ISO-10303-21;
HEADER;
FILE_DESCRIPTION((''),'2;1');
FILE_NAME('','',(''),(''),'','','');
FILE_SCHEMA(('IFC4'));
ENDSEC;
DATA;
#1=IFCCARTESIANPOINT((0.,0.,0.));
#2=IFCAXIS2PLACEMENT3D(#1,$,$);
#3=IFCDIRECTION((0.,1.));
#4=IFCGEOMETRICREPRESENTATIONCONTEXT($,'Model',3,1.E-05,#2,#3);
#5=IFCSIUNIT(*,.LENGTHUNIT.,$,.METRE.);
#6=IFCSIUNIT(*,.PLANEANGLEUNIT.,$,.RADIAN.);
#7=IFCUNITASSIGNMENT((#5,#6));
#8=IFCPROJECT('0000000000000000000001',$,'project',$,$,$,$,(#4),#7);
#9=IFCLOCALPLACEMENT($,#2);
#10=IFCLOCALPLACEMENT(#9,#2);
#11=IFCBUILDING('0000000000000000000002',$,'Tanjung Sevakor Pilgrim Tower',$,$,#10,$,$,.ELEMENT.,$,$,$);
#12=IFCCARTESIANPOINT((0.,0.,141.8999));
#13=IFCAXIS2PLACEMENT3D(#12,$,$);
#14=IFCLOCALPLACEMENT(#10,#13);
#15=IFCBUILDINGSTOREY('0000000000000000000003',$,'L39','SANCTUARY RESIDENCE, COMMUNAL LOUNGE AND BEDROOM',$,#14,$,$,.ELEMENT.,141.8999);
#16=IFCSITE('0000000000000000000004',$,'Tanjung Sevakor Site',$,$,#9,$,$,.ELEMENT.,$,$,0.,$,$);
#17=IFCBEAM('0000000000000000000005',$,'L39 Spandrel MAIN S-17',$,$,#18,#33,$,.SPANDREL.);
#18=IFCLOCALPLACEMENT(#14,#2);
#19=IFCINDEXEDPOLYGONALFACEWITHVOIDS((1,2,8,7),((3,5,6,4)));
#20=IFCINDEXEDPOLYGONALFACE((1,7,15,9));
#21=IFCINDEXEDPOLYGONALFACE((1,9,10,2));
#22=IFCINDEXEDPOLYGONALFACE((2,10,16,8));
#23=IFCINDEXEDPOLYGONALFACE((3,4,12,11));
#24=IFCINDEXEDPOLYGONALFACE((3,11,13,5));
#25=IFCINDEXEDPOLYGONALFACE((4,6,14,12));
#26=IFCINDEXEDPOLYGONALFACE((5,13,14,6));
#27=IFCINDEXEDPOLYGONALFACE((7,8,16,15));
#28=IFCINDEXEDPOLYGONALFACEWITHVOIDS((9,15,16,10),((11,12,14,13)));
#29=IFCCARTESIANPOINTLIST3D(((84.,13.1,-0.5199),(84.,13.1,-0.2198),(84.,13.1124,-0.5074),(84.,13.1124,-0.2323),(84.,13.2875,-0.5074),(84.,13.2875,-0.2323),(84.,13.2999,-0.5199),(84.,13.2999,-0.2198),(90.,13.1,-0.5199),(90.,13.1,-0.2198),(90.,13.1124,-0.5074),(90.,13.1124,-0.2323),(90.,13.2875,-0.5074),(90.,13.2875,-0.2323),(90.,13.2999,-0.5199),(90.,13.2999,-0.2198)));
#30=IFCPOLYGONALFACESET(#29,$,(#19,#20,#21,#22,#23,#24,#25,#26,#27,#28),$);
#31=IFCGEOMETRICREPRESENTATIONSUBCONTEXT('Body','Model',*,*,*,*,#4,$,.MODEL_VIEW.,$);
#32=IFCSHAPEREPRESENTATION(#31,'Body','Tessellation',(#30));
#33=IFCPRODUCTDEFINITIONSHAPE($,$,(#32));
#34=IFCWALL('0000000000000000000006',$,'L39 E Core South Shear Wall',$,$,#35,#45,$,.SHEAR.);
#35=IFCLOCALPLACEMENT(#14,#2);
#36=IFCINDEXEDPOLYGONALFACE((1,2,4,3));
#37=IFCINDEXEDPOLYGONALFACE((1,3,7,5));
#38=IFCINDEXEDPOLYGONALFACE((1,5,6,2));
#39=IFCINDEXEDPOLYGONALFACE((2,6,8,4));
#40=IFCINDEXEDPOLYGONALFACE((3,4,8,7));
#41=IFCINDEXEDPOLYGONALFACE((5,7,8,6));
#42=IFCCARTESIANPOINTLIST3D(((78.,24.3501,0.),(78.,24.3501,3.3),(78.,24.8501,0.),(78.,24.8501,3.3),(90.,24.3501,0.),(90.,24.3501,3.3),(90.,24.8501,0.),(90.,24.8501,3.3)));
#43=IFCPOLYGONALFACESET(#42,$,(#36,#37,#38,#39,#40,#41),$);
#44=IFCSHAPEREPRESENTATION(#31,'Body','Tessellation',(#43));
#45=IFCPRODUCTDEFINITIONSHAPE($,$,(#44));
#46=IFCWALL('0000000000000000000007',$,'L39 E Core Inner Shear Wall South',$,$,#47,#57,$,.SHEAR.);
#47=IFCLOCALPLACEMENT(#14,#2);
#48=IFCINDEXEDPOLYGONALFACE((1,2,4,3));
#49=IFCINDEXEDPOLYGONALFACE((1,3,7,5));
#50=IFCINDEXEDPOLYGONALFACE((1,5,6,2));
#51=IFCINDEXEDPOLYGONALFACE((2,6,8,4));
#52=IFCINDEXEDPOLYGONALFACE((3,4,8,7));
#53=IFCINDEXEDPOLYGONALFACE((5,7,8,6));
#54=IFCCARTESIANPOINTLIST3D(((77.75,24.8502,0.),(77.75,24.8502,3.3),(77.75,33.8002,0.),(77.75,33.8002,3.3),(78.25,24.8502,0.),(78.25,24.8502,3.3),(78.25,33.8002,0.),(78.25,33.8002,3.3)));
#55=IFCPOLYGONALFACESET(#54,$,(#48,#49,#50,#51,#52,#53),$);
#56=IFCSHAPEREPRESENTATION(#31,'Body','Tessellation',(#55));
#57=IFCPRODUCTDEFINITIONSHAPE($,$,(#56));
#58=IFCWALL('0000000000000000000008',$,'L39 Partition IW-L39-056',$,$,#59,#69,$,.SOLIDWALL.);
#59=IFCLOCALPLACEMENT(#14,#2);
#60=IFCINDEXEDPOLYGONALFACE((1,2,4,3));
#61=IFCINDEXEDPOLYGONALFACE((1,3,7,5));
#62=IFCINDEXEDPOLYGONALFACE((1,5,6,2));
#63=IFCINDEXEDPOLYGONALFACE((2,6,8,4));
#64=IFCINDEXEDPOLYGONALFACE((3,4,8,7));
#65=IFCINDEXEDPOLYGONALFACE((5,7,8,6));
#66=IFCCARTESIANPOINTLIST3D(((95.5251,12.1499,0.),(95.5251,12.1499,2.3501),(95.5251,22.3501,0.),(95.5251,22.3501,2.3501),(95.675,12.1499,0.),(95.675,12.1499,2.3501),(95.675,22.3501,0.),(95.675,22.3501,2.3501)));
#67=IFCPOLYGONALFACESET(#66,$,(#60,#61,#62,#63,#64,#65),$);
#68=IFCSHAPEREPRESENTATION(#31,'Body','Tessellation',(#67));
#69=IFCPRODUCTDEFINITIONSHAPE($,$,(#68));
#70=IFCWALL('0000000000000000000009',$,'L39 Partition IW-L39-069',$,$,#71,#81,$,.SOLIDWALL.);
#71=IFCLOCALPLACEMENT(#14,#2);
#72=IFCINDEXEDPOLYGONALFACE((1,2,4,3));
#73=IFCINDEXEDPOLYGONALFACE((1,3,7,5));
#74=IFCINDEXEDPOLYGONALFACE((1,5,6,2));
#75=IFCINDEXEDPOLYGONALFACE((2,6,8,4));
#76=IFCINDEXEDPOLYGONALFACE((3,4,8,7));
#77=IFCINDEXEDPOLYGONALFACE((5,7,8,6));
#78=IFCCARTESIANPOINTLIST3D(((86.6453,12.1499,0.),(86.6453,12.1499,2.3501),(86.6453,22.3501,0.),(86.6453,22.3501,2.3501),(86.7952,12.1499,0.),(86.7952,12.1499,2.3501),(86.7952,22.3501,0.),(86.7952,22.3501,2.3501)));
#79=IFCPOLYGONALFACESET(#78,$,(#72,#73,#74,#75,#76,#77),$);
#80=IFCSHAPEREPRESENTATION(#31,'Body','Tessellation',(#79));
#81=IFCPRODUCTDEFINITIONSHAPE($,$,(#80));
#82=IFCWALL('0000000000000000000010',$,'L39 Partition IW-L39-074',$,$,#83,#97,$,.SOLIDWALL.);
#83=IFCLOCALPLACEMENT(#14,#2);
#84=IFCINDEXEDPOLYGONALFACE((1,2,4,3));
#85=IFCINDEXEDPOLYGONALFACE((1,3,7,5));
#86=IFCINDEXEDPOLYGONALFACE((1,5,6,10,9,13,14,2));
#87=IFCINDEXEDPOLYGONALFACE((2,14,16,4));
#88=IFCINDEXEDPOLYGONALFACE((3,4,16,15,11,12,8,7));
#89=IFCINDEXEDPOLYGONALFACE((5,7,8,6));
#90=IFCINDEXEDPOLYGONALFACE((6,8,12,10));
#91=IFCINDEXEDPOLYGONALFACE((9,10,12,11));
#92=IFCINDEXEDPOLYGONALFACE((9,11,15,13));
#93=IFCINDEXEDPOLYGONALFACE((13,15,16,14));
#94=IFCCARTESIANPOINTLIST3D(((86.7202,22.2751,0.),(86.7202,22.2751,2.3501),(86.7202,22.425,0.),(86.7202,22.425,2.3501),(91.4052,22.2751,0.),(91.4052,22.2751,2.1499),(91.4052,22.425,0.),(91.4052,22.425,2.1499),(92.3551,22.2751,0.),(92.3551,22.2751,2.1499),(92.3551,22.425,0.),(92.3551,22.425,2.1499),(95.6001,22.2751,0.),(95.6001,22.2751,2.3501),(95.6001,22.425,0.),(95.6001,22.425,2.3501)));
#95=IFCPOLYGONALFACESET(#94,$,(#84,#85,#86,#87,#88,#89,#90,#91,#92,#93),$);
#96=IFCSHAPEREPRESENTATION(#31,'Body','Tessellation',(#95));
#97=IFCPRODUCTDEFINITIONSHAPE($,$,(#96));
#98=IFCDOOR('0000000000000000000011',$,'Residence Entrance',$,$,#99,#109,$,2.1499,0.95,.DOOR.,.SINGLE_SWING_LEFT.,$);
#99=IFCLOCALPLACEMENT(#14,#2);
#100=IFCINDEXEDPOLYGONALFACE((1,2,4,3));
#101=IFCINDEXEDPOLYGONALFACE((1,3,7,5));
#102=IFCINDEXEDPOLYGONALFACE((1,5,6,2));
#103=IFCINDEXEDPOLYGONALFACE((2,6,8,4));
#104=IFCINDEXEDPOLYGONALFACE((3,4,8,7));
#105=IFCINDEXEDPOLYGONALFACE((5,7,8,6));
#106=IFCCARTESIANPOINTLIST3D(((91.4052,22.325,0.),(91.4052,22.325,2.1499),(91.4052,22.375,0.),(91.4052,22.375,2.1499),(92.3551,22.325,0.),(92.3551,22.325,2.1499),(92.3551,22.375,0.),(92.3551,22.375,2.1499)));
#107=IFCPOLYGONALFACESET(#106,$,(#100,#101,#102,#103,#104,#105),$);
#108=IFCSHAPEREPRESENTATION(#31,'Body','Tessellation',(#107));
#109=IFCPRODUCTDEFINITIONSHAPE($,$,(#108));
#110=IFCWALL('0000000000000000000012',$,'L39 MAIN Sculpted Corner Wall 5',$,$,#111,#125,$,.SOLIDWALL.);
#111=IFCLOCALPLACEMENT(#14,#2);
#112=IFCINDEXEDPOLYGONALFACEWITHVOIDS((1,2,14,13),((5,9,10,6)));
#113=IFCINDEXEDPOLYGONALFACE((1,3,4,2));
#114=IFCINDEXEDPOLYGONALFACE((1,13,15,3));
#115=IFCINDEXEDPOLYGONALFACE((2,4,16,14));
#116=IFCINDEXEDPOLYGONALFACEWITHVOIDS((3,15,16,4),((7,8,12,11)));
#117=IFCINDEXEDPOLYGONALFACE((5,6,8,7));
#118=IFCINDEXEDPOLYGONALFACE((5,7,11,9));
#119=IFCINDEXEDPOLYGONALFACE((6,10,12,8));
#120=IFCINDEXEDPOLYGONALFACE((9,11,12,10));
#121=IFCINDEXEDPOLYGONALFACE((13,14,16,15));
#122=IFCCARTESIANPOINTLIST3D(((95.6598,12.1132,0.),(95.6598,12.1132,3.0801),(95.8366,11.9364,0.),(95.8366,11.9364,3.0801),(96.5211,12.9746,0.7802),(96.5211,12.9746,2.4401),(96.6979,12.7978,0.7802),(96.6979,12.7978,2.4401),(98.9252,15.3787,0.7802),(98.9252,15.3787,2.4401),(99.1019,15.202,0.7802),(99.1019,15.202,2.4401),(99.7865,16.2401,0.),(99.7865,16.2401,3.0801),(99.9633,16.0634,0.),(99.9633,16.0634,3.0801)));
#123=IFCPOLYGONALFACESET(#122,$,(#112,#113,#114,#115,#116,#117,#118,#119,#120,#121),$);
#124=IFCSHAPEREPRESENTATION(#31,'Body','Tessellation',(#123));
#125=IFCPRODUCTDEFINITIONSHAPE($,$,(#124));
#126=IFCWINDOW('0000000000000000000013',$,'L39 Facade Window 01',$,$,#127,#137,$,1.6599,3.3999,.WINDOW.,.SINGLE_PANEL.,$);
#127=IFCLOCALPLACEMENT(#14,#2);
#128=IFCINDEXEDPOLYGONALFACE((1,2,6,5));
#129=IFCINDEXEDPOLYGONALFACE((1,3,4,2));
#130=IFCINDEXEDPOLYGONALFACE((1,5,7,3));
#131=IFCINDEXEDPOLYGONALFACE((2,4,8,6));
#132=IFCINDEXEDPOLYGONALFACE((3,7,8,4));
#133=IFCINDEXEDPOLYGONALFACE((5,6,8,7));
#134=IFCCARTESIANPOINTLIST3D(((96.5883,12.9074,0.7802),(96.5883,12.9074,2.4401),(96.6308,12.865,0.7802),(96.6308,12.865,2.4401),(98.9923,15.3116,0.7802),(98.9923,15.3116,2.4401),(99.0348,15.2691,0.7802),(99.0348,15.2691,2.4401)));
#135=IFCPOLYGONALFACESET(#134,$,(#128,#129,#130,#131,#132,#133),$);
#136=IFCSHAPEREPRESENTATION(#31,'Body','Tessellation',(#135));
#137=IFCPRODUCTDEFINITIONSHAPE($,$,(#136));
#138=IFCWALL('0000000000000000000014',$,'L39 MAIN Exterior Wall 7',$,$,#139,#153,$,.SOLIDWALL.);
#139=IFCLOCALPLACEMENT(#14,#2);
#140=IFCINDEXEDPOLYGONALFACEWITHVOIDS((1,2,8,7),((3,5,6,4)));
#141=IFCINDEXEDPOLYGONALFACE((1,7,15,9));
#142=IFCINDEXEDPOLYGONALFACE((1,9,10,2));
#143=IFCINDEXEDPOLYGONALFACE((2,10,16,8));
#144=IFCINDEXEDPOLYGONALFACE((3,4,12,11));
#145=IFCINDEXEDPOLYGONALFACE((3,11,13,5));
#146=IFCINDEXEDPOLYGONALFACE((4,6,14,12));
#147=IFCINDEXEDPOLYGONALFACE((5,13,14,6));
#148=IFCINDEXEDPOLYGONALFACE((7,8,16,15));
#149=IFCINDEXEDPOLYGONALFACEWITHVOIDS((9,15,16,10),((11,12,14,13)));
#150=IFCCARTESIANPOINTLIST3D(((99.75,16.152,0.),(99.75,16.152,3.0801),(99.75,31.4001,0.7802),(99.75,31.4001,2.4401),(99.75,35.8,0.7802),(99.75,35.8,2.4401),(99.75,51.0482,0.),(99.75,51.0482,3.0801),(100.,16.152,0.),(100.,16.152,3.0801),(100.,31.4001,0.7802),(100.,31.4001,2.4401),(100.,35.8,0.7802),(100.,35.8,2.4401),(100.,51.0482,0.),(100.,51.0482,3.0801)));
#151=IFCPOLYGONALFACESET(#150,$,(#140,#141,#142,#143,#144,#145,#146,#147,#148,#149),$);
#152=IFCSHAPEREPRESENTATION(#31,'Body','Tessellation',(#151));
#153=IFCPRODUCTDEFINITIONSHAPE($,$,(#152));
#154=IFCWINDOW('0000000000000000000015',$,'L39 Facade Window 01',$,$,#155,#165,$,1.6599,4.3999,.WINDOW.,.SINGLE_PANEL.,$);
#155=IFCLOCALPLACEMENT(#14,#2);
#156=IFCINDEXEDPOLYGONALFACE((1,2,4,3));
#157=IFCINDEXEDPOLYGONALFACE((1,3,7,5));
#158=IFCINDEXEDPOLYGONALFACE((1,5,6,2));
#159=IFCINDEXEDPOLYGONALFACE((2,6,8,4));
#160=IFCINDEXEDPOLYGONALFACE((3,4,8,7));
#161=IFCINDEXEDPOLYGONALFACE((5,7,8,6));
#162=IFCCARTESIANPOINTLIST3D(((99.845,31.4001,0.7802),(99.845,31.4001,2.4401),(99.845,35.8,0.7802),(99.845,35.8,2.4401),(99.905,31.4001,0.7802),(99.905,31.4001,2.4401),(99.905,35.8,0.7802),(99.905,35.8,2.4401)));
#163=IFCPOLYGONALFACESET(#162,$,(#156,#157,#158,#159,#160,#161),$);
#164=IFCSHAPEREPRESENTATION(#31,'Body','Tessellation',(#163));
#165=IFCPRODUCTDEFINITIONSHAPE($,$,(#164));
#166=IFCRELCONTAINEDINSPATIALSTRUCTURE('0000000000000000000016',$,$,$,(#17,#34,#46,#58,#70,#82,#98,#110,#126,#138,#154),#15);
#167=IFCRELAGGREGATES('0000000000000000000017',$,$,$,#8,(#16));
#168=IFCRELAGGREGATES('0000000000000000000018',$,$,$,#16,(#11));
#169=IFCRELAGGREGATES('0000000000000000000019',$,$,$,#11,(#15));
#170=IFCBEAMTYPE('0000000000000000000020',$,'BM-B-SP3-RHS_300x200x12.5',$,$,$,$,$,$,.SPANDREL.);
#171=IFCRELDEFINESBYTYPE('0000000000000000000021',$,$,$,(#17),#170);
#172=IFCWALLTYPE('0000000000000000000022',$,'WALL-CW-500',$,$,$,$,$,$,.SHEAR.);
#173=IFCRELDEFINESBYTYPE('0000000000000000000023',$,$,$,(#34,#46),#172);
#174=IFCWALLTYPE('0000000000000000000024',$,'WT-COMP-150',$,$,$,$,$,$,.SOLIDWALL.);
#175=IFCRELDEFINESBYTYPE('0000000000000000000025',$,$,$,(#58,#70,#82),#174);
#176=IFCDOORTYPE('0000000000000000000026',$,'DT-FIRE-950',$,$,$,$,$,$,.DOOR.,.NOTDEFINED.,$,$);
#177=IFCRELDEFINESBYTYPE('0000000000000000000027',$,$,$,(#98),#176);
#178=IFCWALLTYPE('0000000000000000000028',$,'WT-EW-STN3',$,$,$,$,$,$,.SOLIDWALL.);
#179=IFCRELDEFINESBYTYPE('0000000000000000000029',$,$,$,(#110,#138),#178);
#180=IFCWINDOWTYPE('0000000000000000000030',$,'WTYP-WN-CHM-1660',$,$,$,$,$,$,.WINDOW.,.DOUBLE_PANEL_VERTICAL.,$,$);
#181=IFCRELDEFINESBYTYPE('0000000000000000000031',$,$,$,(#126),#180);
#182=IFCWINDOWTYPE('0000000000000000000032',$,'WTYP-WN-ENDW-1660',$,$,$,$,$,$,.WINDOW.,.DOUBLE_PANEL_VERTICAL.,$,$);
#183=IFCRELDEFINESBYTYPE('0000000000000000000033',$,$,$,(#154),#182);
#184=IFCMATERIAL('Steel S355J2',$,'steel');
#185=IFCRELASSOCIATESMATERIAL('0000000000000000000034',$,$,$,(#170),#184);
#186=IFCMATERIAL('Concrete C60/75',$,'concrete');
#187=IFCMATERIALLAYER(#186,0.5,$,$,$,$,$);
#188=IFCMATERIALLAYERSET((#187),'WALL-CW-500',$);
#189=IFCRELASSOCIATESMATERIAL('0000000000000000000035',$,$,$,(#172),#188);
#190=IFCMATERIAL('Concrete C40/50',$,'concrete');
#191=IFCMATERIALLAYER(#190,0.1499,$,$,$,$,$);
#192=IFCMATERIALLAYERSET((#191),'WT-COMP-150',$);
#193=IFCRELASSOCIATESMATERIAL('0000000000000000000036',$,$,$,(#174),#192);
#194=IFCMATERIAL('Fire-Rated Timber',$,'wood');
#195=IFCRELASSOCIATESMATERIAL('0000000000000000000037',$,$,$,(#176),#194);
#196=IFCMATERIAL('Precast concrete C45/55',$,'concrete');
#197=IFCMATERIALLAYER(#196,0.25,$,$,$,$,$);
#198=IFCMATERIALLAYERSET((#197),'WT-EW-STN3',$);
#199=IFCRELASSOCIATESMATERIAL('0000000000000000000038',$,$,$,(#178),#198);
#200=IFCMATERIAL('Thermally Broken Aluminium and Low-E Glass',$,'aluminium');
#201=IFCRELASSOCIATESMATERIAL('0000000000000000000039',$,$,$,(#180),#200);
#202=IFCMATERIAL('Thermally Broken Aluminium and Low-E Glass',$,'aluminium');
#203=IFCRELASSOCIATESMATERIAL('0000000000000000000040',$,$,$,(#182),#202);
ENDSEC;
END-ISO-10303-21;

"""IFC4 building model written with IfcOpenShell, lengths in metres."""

from ifc_helpers import new_model, si_unit, direction, frame, frame_2d, origin, origin_2d, place, context, subcontext, project, spatial, rectangle, hollow_rectangle, extrude, material, layer, layer_set, material_profile, profile_set, type_object, element, fill, save


model = new_model("IFC4")

# Units and contexts
model_context = context("Model", 3, precision=1e-05, world=origin(), true_north=direction((0.0, 1.0)))
body_context = subcontext(model_context, "Body", "Model", "MODEL_VIEW")
ifc_project = project(units=[si_unit("LENGTHUNIT", "METRE"), si_unit("PLANEANGLEUNIT", "RADIAN")], contexts=[model_context])

# Site, building, storey
site_placement = place(None, origin())
site = spatial("IfcSite", under=ifc_project, at=site_placement, Name="Tanjung Sevakor Site", CompositionType="ELEMENT", RefElevation=0.0)
building_placement = place(site_placement, origin())
building = spatial("IfcBuilding", under=site, at=building_placement, Name="Tanjung Sevakor Pilgrim Tower", CompositionType="ELEMENT")
storey_placement = place(building_placement, frame((0.0, 0.0, 141.8999)))
storey = spatial("IfcBuildingStorey", under=building, at=storey_placement, Name="L39", Description="SANCTUARY RESIDENCE, COMMUNAL LOUNGE AND BEDROOM", CompositionType="ELEMENT", Elevation=141.8999)

# Beam
ifc_material_1 = material(Name="Steel S355J2", Category="steel")
ifc_material_profile_1 = material_profile(ifc_material_1, hollow_rectangle(XDim=0.2, YDim=0.3, WallThickness=0.0125, at=origin_2d()))
ifc_profile_set_1 = profile_set([ifc_material_profile_1], Name="Steel S355J2")
beam_type_1 = type_object("IfcBeamType", Name="BM-B-SP3-RHS_300x200x12.5", PredefinedType="SPANDREL", material=ifc_profile_set_1)
beam_1_placement = place(storey_placement, frame((84.0, 13.2, -0.3699), z_axis=(1.0, 0.0, 0.0), x_axis=(0.0, 1.0, 0.0)))
element("IfcBeam", 1, at=beam_1_placement, inside=storey, type_object=beam_type_1, Name="L39 Spandrel MAIN S-17", PredefinedType="SPANDREL", context=body_context, shape_type="SweptSolid", body=[
    extrude(hollow_rectangle(XDim=0.2, YDim=0.3, WallThickness=0.0125, at=origin_2d()), origin(), (0.0, 0.0, 1.0), 6.0),
])

# Walls
ifc_material_2 = material(Name="Concrete C60/75", Category="concrete")
ifc_layer_1 = layer(ifc_material_2, 0.5)
ifc_layer_set_1 = layer_set([ifc_layer_1], Name="WALL-CW-500")
wall_type_1 = type_object("IfcWallType", Name="WALL-CW-500", PredefinedType="SHEAR", material=ifc_layer_set_1)
wall_1_placement = place(storey_placement, frame((78.0, 24.6001, 0.0), z_axis=(0.0, 0.0, 1.0), x_axis=(1.0, 0.0, 0.0)))
element("IfcWall", 2, at=wall_1_placement, inside=storey, type_object=wall_type_1, Name="L39 E Core South Shear Wall", PredefinedType="SHEAR", context=body_context, shape_type="SweptSolid", body=[
    extrude(rectangle(XDim=12.0, YDim=0.5, at=frame_2d((6.0, 0.0))), origin(), (0.0, 0.0, 1.0), 3.3),
])
wall_2_placement = place(storey_placement, frame((78.0, 24.8501, 0.0), z_axis=(0.0, 0.0, 1.0), x_axis=(0.0, 1.0, 0.0)))
element("IfcWall", 3, at=wall_2_placement, inside=storey, type_object=wall_type_1, Name="L39 E Core Inner Shear Wall South", PredefinedType="SHEAR", context=body_context, shape_type="SweptSolid", body=[
    extrude(rectangle(XDim=8.95, YDim=0.5, at=frame_2d((4.4751, 0.0))), origin(), (0.0, 0.0, 1.0), 3.3),
])
ifc_material_3 = material(Name="Concrete C40/50", Category="concrete")
ifc_layer_2 = layer(ifc_material_3, 0.1499)
ifc_layer_set_2 = layer_set([ifc_layer_2], Name="WT-COMP-150")
wall_type_2 = type_object("IfcWallType", Name="WT-COMP-150", PredefinedType="SOLIDWALL", material=ifc_layer_set_2)
for number, where, z_axis, x_axis, name in (
    (4, (95.6001, 12.1499, 0.0), (0.0, 0.0, 1.0), (0.0, 1.0, 0.0), "L39 Partition IW-L39-056"),
    (5, (86.7202, 12.1499, 0.0), (0.0, 0.0, 1.0), (0.0, 1.0, 0.0), "L39 Partition IW-L39-069"),
):
    element("IfcWall", number, at=place(storey_placement, frame(where, z_axis=z_axis, x_axis=x_axis)), inside=storey, type_object=wall_type_2, Name=name, PredefinedType="SOLIDWALL", context=body_context, shape_type="SweptSolid", body=[
        extrude(rectangle(XDim=10.2002, YDim=0.1499, at=frame_2d((5.1001, 0.0))), origin(), (0.0, 0.0, 1.0), 2.3501),
    ])

# Wall, opening, door
wall_3_placement = place(storey_placement, frame((86.7202, 22.3501, 0.0), z_axis=(0.0, 0.0, 1.0), x_axis=(1.0, 0.0, 0.0)))
wall_3 = element("IfcWall", 6, at=wall_3_placement, inside=storey, type_object=wall_type_2, Name="L39 Partition IW-L39-074", PredefinedType="SOLIDWALL", context=body_context, shape_type="SweptSolid", body=[
    extrude(rectangle(XDim=8.8799, YDim=0.1499, at=frame_2d((4.4399, 0.0))), origin(), (0.0, 0.0, 1.0), 2.3501),
])
opening_1_placement = place(wall_3_placement, frame((4.6848, 0.0, 0.0)))
opening_1 = element("IfcOpeningElement", 7, at=opening_1_placement, cuts=wall_3, PredefinedType="OPENING", context=body_context, shape_type="SweptSolid", body=[
    extrude(rectangle(XDim=0.95, YDim=2.1499, at=frame_2d((0.4751, 1.075))), frame((0.0, 0.085, 0.0), z_axis=(0.0, -1.0, 0.0), x_axis=(1.0, 0.0, 0.0)), (0.0, 0.0, 1.0), 0.1699),
])
ifc_material_4 = material(Name="Fire-Rated Timber", Category="wood")
door_type_1 = type_object("IfcDoorType", Name="DT-FIRE-950", OperationType="NOTDEFINED", PredefinedType="DOOR", material=ifc_material_4)
door_1_placement = place(opening_1_placement, origin())
door_1 = element("IfcDoor", 8, at=door_1_placement, inside=storey, type_object=door_type_1, Name="Residence Entrance", OperationType="SINGLE_SWING_LEFT", OverallHeight=2.1499, OverallWidth=0.95, PredefinedType="DOOR", context=body_context, shape_type="SweptSolid", body=[
    extrude(rectangle(XDim=0.95, YDim=2.1499, at=frame_2d((0.4751, 1.075))), frame((0.0, 0.0249, 0.0), z_axis=(0.0, -1.0, 0.0), x_axis=(1.0, 0.0, 0.0)), (0.0, 0.0, 1.0), 0.05),
])
fill(opening_1, door_1)

# Walls, openings, windows
ifc_material_5 = material(Name="Precast concrete C45/55", Category="concrete")
ifc_layer_3 = layer(ifc_material_5, 0.25)
ifc_layer_set_3 = layer_set([ifc_layer_3], Name="WT-EW-STN3")
wall_type_3 = type_object("IfcWallType", Name="WT-EW-STN3", PredefinedType="SOLIDWALL", material=ifc_layer_set_3)
wall_4_placement = place(storey_placement, frame((95.7483, 12.0249, 0.0), z_axis=(0.0, 0.0, 1.0), x_axis=(0.707086, 0.707128, 0.0)))
wall_4 = element("IfcWall", 9, at=wall_4_placement, inside=storey, type_object=wall_type_3, Name="L39 MAIN Sculpted Corner Wall 5", PredefinedType="SOLIDWALL", context=body_context, shape_type="SweptSolid", body=[
    extrude(rectangle(XDim=5.8362, YDim=0.25, at=frame_2d((2.918, 0.0))), origin(), (0.0, 0.0, 1.0), 3.0801),
])
opening_2_placement = place(wall_4_placement, frame((1.218, 0.0, 0.78)))
opening_2 = element("IfcOpeningElement", 10, at=opening_2_placement, cuts=wall_4, PredefinedType="OPENING", context=body_context, shape_type="SweptSolid", body=[
    extrude(rectangle(XDim=3.3999, YDim=1.6599, at=frame_2d((1.7, 0.8301))), frame((0.0, 0.135, 0.0), z_axis=(0.0, -1.0, 0.0), x_axis=(1.0, 0.0, 0.0)), (0.0, 0.0, 1.0), 0.27),
])
ifc_material_6 = material(Name="Thermally Broken Aluminium and Low-E Glass", Category="aluminium")
window_type_1 = type_object("IfcWindowType", Name="WTYP-WN-CHM-1660", PartitioningType="DOUBLE_PANEL_VERTICAL", PredefinedType="WINDOW", material=ifc_material_6)
window_1_placement = place(opening_2_placement, origin())
window_1 = element("IfcWindow", 11, at=window_1_placement, inside=storey, type_object=window_type_1, Name="L39 Facade Window 01", OverallHeight=1.6599, OverallWidth=3.3999, PartitioningType="SINGLE_PANEL", PredefinedType="WINDOW", context=body_context, shape_type="SweptSolid", body=[
    extrude(rectangle(XDim=3.3999, YDim=1.6599, at=frame_2d((1.7, 0.8301))), frame((0.0, 0.03, 0.0), z_axis=(0.0, -1.0, 0.0), x_axis=(1.0, 0.0, 0.0)), (0.0, 0.0, 1.0), 0.0601),
])
fill(opening_2, window_1)
wall_5_placement = place(storey_placement, frame((99.875, 16.1519, 0.0), z_axis=(0.0, 0.0, 1.0), x_axis=(0.0, 1.0, 0.0)))
wall_5 = element("IfcWall", 12, at=wall_5_placement, inside=storey, type_object=wall_type_3, Name="L39 MAIN Exterior Wall 7", PredefinedType="SOLIDWALL", context=body_context, shape_type="SweptSolid", body=[
    extrude(rectangle(XDim=34.8962, YDim=0.25, at=frame_2d((17.4482, 0.0))), origin(), (0.0, 0.0, 1.0), 3.0801),
])
opening_3_placement = place(wall_5_placement, frame((15.2483, 0.0, 0.78)))
opening_3 = element("IfcOpeningElement", 13, at=opening_3_placement, cuts=wall_5, PredefinedType="OPENING", context=body_context, shape_type="SweptSolid", body=[
    extrude(rectangle(XDim=4.3999, YDim=1.6599, at=frame_2d((2.2, 0.8301))), frame((0.0, 0.135, 0.0), z_axis=(0.0, -1.0, 0.0), x_axis=(1.0, 0.0, 0.0)), (0.0, 0.0, 1.0), 0.27),
])
ifc_material_7 = material(Name="Thermally Broken Aluminium and Low-E Glass", Category="aluminium")
window_type_2 = type_object("IfcWindowType", Name="WTYP-WN-ENDW-1660", PartitioningType="DOUBLE_PANEL_VERTICAL", PredefinedType="WINDOW", material=ifc_material_7)
window_2_placement = place(opening_3_placement, origin())
window_2 = element("IfcWindow", 14, at=window_2_placement, inside=storey, type_object=window_type_2, Name="L39 Facade Window 01", OverallHeight=1.6599, OverallWidth=4.3999, PartitioningType="SINGLE_PANEL", PredefinedType="WINDOW", context=body_context, shape_type="SweptSolid", body=[
    extrude(rectangle(XDim=4.3999, YDim=1.6599, at=frame_2d((2.2, 0.8301))), frame((0.0, 0.03, 0.0), z_axis=(0.0, -1.0, 0.0), x_axis=(1.0, 0.0, 0.0)), (0.0, 0.0, 1.0), 0.0601),
])
fill(opening_3, window_2)

save(model, "model.ifc")
